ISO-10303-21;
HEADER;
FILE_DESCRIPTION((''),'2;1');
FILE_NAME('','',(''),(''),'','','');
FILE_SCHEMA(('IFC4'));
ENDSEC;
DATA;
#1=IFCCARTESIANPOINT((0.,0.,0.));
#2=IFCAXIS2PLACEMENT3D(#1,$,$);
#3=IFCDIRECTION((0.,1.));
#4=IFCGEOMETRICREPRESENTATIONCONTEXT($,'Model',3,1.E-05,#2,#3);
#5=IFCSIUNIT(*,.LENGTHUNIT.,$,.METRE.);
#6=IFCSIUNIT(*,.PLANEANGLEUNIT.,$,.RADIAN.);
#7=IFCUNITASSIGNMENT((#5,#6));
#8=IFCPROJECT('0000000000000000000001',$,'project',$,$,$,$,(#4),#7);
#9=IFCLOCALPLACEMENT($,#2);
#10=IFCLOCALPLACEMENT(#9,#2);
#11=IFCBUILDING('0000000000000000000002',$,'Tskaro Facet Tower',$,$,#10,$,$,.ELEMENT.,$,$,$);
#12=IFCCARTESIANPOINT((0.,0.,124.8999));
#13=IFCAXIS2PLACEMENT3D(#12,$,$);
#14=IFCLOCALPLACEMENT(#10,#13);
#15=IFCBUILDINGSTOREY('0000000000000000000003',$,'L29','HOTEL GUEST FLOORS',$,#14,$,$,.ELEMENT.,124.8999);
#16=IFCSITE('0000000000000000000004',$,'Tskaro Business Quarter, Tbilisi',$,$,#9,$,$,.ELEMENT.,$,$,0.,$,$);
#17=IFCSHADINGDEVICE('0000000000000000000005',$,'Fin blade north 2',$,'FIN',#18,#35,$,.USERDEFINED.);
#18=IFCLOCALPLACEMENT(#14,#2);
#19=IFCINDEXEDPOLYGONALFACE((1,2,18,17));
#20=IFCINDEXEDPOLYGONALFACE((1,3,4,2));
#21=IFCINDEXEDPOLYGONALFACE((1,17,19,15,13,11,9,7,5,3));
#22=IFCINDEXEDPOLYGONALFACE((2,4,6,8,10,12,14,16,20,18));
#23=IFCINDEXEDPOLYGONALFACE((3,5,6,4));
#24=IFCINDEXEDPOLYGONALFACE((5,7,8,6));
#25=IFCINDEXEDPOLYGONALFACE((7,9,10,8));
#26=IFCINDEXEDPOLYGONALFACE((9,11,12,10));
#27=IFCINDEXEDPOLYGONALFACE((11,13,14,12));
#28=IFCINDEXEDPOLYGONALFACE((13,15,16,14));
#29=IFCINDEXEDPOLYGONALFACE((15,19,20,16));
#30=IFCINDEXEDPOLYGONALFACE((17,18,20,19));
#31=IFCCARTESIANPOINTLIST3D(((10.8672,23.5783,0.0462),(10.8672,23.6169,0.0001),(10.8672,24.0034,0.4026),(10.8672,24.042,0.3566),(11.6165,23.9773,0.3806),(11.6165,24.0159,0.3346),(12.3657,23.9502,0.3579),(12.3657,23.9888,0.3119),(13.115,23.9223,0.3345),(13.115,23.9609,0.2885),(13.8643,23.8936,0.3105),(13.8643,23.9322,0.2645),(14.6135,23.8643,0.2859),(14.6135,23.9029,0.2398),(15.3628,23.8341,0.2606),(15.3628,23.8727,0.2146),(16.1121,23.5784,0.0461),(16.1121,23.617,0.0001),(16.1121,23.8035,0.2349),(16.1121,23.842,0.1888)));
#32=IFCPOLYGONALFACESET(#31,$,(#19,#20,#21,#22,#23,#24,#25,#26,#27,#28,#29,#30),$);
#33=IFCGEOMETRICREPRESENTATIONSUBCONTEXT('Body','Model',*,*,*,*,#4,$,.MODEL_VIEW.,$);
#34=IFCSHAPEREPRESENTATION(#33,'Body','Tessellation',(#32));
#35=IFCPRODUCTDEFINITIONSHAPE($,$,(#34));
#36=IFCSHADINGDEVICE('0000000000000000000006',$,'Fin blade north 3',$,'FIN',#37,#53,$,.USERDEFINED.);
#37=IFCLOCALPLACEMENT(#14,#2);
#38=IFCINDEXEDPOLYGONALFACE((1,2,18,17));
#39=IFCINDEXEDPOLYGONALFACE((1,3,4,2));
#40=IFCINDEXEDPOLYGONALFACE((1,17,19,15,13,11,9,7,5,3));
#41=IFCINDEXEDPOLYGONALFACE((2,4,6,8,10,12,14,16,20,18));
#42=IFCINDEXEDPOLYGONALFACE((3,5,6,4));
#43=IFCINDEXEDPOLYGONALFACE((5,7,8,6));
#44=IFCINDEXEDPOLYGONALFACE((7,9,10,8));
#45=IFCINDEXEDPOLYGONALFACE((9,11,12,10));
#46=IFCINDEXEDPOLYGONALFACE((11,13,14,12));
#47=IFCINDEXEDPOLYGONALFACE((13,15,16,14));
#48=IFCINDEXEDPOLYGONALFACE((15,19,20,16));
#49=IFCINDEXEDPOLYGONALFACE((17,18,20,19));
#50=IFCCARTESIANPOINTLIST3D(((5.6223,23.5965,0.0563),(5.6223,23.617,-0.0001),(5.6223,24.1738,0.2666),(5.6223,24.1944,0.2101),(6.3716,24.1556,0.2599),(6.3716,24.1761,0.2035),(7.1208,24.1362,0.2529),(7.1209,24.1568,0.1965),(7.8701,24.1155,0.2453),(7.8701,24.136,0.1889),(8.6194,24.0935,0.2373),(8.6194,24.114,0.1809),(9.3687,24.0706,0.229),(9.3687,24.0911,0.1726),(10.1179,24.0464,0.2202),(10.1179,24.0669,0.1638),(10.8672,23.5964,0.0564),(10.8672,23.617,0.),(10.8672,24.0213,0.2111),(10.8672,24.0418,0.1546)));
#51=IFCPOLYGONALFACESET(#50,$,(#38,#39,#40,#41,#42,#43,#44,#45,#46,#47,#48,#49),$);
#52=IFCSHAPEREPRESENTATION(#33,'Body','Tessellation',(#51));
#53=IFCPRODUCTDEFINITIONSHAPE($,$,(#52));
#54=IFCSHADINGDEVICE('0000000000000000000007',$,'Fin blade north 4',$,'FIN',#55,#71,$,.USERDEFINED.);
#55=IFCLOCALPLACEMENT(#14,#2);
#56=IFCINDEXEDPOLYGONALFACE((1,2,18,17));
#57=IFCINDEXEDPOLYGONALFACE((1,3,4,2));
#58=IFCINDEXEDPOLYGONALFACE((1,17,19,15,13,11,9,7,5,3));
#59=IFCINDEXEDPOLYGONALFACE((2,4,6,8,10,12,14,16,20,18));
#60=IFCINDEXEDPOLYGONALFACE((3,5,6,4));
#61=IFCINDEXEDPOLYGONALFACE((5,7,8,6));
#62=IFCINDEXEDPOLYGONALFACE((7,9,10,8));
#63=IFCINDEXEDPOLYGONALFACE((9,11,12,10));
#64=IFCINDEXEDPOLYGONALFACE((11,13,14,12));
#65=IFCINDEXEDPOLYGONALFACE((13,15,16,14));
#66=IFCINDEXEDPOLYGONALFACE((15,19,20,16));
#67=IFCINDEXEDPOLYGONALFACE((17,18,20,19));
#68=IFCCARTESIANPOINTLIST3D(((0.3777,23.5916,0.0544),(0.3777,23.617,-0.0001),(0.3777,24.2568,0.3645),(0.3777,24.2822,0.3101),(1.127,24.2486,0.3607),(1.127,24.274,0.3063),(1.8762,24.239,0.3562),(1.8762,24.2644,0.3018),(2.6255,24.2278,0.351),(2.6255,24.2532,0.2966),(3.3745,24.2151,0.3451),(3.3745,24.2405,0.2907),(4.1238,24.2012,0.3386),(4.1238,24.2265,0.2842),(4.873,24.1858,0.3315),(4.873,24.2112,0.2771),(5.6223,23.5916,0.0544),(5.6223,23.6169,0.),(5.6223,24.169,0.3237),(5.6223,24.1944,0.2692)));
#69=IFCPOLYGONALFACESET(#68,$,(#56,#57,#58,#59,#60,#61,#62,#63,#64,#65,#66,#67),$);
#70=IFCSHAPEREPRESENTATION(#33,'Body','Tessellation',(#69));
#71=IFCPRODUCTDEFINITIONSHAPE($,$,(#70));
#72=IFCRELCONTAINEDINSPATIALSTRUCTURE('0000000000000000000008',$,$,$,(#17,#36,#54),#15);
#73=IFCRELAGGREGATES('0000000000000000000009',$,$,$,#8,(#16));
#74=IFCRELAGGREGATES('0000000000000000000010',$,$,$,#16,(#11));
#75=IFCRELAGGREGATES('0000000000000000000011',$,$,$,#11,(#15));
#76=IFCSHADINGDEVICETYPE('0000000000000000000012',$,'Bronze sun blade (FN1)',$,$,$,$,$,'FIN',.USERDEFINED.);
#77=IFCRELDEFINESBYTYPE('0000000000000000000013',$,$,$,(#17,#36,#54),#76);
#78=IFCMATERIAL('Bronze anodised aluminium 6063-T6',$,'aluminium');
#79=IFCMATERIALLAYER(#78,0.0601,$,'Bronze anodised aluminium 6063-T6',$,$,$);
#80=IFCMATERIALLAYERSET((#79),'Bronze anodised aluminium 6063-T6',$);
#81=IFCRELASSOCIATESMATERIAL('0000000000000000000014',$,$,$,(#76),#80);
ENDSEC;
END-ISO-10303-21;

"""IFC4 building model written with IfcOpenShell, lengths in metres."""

from ifc_helpers import new_model, si_unit, direction, frame, origin, place, context, subcontext, project, spatial, polyline, outline, extrude, material, layer, layer_set, type_object, element, save


model = new_model("IFC4")

# Units and contexts
model_context = context("Model", 3, precision=1e-05, world=origin(), true_north=direction((0.0, 1.0)))
body_context = subcontext(model_context, "Body", "Model", "MODEL_VIEW")
ifc_project = project(units=[si_unit("LENGTHUNIT", "METRE"), si_unit("PLANEANGLEUNIT", "RADIAN")], contexts=[model_context])

# Site, building, storey
site_placement = place(None, origin())
site = spatial("IfcSite", under=ifc_project, at=site_placement, Name="Tskaro Business Quarter, Tbilisi", CompositionType="ELEMENT", RefElevation=0.0)
building_placement = place(site_placement, origin())
building = spatial("IfcBuilding", under=site, at=building_placement, Name="Tskaro Facet Tower", CompositionType="ELEMENT")
storey_placement = place(building_placement, frame((0.0, 0.0, 124.8999)))
storey = spatial("IfcBuildingStorey", under=building, at=storey_placement, Name="L29", Description="HOTEL GUEST FLOORS", CompositionType="ELEMENT", Elevation=124.8999)

# Shared definitions
ifc_material_1 = material(Name="Bronze anodised aluminium 6063-T6", Category="aluminium")

# Shading devices
ifc_layer_1 = layer(ifc_material_1, 0.0601, Name="Bronze anodised aluminium 6063-T6")
ifc_layer_set_1 = layer_set([ifc_layer_1], Name="Bronze anodised aluminium 6063-T6")
shading_device_type = type_object("IfcShadingDeviceType", Name="Bronze sun blade (FN1)", ElementType="FIN", PredefinedType="USERDEFINED", material=ifc_layer_set_1)
shading_device_1_placement = place(storey_placement, frame((16.1121, 23.5784, 0.0461), z_axis=(0.000007, -0.642485, 0.766298), x_axis=(-1.0, -0.000005, 0.000006)))
element("IfcShadingDevice", 1, at=shading_device_1_placement, inside=storey, type_object=shading_device_type, Name="Fin blade north 2", ObjectType="FIN", PredefinedType="USERDEFINED", context=body_context, shape_type="SweptSolid", body=[
    extrude(outline(polyline([(0.0, 0.0), (5.2449, 0.0), (5.2449, -0.5547), (4.4956, -0.5206), (3.7463, -0.4852), (2.9971, -0.4488), (2.2478, -0.4114), (1.4985, -0.3731), (0.7493, -0.3338), (0.0, -0.2937), (0.0, 0.0)])), origin(), (0.0, 0.0, -1.0), 0.0601),
])
shading_device_2_placement = place(storey_placement, frame((10.8672, 23.5964, 0.0564), z_axis=(-0.000011, -0.34212, 0.939656), x_axis=(-1.0, 0.000004, -0.00001)))
element("IfcShadingDevice", 2, at=shading_device_2_placement, inside=storey, type_object=shading_device_type, Name="Fin blade north 3", ObjectType="FIN", PredefinedType="USERDEFINED", context=body_context, shape_type="SweptSolid", body=[
    extrude(outline(polyline([(0.0, 0.0), (5.2449, 0.0), (5.2449, -0.6145), (4.4956, -0.595), (3.7463, -0.5745), (2.9971, -0.5524), (2.2478, -0.529), (1.4985, -0.5046), (0.7493, -0.4788), (0.0, -0.4521), (0.0, 0.0)])), origin(), (0.0, 0.0, -1.0), 0.0601),
])
shading_device_3_placement = place(storey_placement, frame((5.6223, 23.5916, 0.0544), z_axis=(-0.000018, -0.422567, 0.906332), x_axis=(-1.0, 0.000008, -0.000016)))
element("IfcShadingDevice", 3, at=shading_device_3_placement, inside=storey, type_object=shading_device_type, Name="Fin blade north 4", ObjectType="FIN", PredefinedType="USERDEFINED", context=body_context, shape_type="SweptSolid", body=[
    extrude(outline(polyline([(0.0, 0.0), (5.2446, 0.0), (5.2446, -0.734), (4.4954, -0.7249), (3.7461, -0.7143), (2.9968, -0.702), (2.2478, -0.688), (1.4985, -0.6726), (0.7493, -0.6557), (0.0, -0.6371), (0.0, 0.0)])), origin(), (0.0, 0.0, -1.0), 0.0601),
])

save(model, "model.ifc")
